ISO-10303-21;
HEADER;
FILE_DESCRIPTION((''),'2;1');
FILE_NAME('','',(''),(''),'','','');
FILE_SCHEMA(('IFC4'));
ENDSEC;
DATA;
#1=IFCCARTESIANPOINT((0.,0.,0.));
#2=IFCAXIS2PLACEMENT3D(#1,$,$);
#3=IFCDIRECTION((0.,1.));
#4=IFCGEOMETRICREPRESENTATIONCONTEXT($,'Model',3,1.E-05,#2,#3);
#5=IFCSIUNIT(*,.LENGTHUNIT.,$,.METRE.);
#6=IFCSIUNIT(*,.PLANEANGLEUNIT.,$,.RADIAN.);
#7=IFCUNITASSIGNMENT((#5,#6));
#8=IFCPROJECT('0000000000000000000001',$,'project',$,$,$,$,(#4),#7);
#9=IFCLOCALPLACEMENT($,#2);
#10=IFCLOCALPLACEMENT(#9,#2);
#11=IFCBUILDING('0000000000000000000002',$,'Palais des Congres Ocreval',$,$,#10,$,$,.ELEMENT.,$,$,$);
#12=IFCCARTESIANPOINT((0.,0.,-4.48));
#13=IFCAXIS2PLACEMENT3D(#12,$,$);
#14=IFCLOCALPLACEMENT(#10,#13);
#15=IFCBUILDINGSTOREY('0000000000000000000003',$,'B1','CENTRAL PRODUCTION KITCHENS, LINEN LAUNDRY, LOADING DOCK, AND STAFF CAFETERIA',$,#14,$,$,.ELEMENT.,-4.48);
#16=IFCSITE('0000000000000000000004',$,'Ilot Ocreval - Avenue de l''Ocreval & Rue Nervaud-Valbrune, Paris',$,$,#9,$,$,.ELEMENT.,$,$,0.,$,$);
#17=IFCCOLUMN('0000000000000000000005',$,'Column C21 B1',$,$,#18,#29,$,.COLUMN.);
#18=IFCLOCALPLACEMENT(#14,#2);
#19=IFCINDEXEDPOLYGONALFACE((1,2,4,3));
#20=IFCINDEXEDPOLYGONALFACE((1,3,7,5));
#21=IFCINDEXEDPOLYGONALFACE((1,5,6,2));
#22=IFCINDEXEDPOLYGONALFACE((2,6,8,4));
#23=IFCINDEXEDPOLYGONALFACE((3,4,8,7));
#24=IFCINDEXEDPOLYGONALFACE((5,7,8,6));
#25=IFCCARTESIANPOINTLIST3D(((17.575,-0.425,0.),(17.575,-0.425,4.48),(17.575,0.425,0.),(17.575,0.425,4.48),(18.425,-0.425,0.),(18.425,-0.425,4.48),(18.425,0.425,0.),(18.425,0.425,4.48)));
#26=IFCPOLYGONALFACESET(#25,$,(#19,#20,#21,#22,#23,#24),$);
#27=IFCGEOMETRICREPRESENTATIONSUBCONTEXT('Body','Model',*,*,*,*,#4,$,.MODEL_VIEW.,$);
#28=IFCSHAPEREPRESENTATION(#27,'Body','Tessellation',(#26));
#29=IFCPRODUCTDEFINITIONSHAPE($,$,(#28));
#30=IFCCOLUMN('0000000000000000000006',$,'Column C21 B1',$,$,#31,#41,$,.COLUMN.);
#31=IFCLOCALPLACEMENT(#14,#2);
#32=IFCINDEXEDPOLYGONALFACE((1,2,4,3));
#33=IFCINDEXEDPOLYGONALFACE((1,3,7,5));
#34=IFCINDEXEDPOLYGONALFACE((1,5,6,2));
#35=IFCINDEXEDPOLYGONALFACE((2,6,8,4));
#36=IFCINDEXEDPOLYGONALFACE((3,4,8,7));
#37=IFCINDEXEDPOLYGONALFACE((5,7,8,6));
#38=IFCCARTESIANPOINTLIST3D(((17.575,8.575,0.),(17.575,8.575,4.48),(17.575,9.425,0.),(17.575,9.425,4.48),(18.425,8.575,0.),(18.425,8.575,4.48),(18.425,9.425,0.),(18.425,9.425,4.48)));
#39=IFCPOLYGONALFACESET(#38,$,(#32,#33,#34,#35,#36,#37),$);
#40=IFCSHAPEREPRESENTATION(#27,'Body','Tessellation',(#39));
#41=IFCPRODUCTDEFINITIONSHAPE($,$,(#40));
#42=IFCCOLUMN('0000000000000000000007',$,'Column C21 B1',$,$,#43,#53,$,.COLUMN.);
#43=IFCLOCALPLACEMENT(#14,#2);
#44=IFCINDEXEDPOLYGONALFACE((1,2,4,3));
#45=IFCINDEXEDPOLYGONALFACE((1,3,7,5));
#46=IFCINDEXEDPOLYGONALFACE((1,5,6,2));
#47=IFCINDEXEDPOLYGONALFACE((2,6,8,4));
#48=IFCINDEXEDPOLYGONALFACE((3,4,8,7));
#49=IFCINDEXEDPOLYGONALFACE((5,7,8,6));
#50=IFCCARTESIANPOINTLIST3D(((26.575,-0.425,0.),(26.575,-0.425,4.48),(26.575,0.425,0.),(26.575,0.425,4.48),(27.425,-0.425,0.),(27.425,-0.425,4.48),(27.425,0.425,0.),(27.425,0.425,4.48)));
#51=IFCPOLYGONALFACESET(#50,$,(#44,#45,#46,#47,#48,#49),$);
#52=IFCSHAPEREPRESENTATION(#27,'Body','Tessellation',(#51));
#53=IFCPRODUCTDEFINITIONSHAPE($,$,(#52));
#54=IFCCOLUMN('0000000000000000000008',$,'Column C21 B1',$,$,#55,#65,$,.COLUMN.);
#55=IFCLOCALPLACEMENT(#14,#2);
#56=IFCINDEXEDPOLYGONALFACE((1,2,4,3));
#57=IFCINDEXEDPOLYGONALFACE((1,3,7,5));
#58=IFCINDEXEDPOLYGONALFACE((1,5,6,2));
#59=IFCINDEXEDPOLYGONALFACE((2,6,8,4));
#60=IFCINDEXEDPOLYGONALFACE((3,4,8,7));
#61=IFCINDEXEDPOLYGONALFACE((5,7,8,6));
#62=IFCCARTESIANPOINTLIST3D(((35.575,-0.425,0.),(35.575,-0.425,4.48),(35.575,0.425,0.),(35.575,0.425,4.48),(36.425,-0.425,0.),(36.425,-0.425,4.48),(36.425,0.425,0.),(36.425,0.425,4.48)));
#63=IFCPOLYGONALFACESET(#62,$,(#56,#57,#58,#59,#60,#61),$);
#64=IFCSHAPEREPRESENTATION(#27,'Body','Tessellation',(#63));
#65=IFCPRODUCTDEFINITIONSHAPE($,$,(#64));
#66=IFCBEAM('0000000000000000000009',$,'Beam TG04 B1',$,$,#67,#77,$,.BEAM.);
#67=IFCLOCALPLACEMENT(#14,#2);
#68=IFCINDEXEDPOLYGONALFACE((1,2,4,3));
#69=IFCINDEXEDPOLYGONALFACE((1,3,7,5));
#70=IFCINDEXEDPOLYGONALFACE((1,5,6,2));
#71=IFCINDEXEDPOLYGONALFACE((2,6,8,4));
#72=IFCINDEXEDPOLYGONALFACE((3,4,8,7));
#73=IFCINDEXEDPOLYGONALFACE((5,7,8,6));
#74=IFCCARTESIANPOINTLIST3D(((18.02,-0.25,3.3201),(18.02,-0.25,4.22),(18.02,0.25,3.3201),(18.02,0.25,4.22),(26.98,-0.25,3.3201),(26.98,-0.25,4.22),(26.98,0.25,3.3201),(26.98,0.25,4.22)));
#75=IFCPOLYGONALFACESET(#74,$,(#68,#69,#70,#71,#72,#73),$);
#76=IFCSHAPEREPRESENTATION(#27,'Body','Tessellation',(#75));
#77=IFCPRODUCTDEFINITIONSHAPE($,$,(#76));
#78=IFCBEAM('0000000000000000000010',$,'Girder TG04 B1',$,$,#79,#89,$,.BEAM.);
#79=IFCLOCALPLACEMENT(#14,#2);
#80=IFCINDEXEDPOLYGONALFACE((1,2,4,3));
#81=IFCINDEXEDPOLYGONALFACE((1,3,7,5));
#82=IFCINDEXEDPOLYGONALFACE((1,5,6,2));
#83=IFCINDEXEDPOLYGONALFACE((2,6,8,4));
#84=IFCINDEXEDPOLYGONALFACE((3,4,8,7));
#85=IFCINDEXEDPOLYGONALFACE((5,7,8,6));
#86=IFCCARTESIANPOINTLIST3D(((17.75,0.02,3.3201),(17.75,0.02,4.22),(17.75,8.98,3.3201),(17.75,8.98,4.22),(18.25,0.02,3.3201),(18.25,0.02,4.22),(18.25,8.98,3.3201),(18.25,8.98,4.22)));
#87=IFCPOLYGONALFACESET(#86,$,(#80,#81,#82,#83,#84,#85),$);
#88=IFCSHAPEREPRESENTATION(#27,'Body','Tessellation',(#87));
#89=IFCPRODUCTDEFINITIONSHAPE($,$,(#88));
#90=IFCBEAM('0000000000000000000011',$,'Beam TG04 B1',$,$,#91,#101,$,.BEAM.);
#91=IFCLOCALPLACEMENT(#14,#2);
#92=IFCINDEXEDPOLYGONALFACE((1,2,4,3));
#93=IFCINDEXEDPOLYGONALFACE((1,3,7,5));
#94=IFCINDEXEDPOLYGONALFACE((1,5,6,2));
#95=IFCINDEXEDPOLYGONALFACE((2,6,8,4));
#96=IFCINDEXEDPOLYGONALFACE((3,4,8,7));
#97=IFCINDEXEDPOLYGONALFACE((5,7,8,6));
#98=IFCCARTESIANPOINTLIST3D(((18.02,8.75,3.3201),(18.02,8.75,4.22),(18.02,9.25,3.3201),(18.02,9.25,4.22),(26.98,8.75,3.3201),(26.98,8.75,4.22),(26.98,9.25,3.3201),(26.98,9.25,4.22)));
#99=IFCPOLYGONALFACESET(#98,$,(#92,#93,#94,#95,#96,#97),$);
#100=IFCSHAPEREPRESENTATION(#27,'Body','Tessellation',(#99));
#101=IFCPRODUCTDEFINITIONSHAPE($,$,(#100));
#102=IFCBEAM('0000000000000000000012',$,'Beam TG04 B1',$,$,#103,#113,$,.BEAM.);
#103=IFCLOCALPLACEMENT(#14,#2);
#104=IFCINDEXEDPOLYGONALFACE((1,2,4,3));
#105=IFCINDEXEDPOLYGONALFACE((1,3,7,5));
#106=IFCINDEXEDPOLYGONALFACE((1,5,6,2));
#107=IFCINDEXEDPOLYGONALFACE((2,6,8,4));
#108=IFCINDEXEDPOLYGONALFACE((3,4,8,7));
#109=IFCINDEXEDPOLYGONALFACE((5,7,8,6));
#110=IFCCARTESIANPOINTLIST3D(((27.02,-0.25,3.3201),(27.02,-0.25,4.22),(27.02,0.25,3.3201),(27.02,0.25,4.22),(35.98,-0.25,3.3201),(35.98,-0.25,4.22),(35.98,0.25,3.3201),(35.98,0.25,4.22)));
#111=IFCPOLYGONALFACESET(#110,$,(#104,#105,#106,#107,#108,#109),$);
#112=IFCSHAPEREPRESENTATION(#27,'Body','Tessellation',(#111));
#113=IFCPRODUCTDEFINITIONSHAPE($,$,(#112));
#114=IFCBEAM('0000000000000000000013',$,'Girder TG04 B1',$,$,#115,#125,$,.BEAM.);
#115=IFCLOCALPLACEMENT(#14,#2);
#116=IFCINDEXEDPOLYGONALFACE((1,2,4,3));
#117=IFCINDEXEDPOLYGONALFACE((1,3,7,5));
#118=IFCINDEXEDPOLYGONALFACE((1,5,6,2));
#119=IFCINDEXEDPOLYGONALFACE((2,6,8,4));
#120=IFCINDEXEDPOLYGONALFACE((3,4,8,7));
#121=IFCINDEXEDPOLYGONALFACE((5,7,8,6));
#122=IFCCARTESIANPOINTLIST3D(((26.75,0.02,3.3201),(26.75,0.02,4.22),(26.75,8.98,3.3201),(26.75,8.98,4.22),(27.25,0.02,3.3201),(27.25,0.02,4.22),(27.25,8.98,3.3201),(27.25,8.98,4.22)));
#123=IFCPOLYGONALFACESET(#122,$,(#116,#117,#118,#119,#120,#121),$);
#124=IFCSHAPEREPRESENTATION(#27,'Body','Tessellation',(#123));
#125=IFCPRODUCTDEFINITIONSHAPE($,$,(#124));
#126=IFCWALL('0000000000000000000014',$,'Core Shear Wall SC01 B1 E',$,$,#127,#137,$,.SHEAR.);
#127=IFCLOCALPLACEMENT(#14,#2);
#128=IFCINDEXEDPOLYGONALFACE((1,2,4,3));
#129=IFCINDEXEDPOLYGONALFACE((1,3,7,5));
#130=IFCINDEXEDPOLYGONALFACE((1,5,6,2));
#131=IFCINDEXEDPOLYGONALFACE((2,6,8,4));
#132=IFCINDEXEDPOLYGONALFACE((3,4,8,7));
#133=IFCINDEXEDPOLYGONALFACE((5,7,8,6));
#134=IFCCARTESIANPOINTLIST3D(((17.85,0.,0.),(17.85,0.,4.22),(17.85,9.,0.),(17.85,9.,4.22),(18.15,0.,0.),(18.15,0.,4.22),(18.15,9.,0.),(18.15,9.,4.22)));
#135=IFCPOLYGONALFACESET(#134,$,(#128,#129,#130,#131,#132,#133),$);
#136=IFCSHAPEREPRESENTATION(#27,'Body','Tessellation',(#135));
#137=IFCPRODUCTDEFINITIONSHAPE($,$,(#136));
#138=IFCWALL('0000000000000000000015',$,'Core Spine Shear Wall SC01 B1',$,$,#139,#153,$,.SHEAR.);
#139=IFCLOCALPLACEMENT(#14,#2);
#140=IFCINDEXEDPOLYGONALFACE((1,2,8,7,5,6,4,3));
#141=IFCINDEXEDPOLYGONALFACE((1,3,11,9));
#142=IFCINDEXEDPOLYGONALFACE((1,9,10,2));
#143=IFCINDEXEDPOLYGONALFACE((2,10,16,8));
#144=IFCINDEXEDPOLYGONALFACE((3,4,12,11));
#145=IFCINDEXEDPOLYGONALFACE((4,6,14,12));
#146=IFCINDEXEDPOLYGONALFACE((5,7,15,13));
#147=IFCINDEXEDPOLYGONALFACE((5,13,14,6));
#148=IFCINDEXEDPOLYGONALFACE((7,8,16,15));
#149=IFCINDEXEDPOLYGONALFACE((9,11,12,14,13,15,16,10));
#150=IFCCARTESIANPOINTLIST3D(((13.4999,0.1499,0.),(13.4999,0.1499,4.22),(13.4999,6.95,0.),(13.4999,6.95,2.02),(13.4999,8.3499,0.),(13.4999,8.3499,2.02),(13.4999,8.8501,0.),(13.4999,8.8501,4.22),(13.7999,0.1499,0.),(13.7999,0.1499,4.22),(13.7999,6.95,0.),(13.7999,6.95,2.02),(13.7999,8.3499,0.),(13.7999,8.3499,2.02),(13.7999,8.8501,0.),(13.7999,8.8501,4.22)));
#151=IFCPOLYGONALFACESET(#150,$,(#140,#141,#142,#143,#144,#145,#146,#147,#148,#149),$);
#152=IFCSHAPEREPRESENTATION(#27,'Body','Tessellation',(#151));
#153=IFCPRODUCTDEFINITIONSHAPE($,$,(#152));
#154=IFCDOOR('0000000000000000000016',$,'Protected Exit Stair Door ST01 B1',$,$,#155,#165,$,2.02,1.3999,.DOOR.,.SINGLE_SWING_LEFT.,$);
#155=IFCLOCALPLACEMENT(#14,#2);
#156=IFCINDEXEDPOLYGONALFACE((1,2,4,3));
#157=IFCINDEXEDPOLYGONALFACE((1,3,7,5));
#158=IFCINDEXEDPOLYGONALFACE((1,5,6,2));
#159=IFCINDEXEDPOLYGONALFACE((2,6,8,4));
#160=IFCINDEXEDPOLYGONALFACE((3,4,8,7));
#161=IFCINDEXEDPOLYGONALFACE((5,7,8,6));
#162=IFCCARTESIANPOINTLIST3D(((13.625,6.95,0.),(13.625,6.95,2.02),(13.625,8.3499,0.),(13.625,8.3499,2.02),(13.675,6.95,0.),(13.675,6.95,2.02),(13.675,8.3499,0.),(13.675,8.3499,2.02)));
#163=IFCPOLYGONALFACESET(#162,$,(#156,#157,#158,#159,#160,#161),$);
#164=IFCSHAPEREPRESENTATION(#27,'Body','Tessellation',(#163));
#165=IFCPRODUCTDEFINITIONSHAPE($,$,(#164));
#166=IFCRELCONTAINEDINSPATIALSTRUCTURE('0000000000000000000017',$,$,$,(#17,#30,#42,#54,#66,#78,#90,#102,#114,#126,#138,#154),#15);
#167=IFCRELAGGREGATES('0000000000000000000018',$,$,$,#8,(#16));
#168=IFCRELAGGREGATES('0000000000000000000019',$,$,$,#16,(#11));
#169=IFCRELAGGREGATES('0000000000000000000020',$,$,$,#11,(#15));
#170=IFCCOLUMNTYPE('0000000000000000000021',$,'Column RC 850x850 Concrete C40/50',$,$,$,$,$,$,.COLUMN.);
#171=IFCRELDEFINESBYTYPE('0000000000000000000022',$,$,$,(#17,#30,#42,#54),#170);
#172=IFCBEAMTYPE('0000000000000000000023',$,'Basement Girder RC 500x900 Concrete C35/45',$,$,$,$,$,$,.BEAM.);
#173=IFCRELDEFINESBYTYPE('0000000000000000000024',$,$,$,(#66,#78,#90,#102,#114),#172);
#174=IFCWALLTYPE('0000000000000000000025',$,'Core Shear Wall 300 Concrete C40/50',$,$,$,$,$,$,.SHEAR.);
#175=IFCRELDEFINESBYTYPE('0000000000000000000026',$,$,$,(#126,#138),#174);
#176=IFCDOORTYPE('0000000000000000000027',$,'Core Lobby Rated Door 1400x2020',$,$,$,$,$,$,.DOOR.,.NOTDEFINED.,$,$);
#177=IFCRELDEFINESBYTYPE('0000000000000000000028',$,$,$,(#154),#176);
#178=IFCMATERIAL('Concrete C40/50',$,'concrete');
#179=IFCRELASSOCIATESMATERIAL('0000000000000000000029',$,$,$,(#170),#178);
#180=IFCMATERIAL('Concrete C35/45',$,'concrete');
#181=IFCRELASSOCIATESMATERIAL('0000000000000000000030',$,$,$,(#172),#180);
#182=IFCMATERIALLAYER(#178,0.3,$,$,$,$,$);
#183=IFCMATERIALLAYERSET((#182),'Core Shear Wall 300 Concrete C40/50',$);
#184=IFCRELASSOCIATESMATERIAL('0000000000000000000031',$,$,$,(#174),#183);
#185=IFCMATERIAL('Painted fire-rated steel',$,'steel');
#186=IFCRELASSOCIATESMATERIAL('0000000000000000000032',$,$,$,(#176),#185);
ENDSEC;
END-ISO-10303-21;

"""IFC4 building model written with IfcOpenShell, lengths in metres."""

from ifc_helpers import new_model, si_unit, direction, frame, frame_2d, origin, origin_2d, place, context, subcontext, project, spatial, rectangle, extrude, material, layer, layer_set, material_profile, profile_set, type_object, element, fill, save


model = new_model("IFC4")

# Units and contexts
model_context = context("Model", 3, precision=1e-05, world=origin(), true_north=direction((0.0, 1.0)))
body_context = subcontext(model_context, "Body", "Model", "MODEL_VIEW")
ifc_project = project(units=[si_unit("LENGTHUNIT", "METRE"), si_unit("PLANEANGLEUNIT", "RADIAN")], contexts=[model_context])

# Site, building, storey
site_placement = place(None, origin())
site = spatial("IfcSite", under=ifc_project, at=site_placement, Name="Ilot Ocreval - Avenue de l'Ocreval & Rue Nervaud-Valbrune, Paris", CompositionType="ELEMENT", RefElevation=0.0)
building_placement = place(site_placement, origin())
building = spatial("IfcBuilding", under=site, at=building_placement, Name="Palais des Congres Ocreval", CompositionType="ELEMENT")
storey_placement = place(building_placement, frame((0.0, 0.0, -4.48)))
storey = spatial("IfcBuildingStorey", under=building, at=storey_placement, Name="B1", Description="CENTRAL PRODUCTION KITCHENS, LINEN LAUNDRY, LOADING DOCK, AND STAFF CAFETERIA", CompositionType="ELEMENT", Elevation=-4.48)

# Columns
ifc_material_1 = material(Name="Concrete C40/50", Category="concrete")
ifc_material_profile_1 = material_profile(ifc_material_1, rectangle(XDim=0.8501, YDim=0.8501, at=origin_2d()), Name="RC 850x850")
ifc_profile_set_1 = profile_set([ifc_material_profile_1], Name="Concrete C40/50")
column_type = type_object("IfcColumnType", Name="Column RC 850x850 Concrete C40/50", PredefinedType="COLUMN", material=ifc_profile_set_1)
for number, where, z_axis, x_axis, name in (
    (1, (18.0, 0.0, 0.0), (0.0, 0.0, 1.0), (1.0, 0.0, 0.0), "Column C21 B1"),
    (2, (18.0, 9.0, 0.0), (0.0, 0.0, 1.0), (1.0, 0.0, 0.0), "Column C21 B1"),
    (3, (27.0, 0.0, 0.0), (0.0, 0.0, 1.0), (1.0, 0.0, 0.0), "Column C21 B1"),
    (4, (36.0, 0.0, 0.0), (0.0, 0.0, 1.0), (1.0, 0.0, 0.0), "Column C21 B1"),
):
    element("IfcColumn", number, at=place(storey_placement, frame(where, z_axis=z_axis, x_axis=x_axis)), inside=storey, type_object=column_type, Name=name, PredefinedType="COLUMN", context=body_context, shape_type="SweptSolid", body=[
        extrude(rectangle(XDim=0.8501, YDim=0.8501, at=origin_2d()), origin(), (0.0, 0.0, 1.0), 4.48),
    ])

# Beams
ifc_material_2 = material(Name="Concrete C35/45", Category="concrete")
ifc_material_profile_2 = material_profile(ifc_material_2, rectangle(XDim=0.5, YDim=0.8999, at=origin_2d()), Name="RC 500x900")
ifc_profile_set_2 = profile_set([ifc_material_profile_2], Name="Concrete C35/45")
beam_type = type_object("IfcBeamType", Name="Basement Girder RC 500x900 Concrete C35/45", PredefinedType="BEAM", material=ifc_profile_set_2)
for number, where, z_axis, x_axis, name in (
    (5, (18.02, 0.0, 3.77), (1.0, 0.0, 0.0), (0.0, 1.0, 0.0), "Beam TG04 B1"),
    (6, (18.0, 0.02, 3.77), (0.0, 1.0, 0.0), (-1.0, 0.0, 0.0), "Girder TG04 B1"),
    (7, (18.02, 9.0, 3.77), (1.0, 0.0, 0.0), (0.0, 1.0, 0.0), "Beam TG04 B1"),
    (8, (27.02, 0.0, 3.77), (1.0, 0.0, 0.0), (0.0, 1.0, 0.0), "Beam TG04 B1"),
    (9, (27.0, 0.02, 3.77), (0.0, 1.0, 0.0), (-1.0, 0.0, 0.0), "Girder TG04 B1"),
):
    element("IfcBeam", number, at=place(storey_placement, frame(where, z_axis=z_axis, x_axis=x_axis)), inside=storey, type_object=beam_type, Name=name, PredefinedType="BEAM", context=body_context, shape_type="SweptSolid", body=[
        extrude(rectangle(XDim=0.5, YDim=0.8999, at=origin_2d()), origin(), (0.0, 0.0, 1.0), 8.96),
    ])

# Wall
ifc_layer_1 = layer(ifc_material_1, 0.3)
ifc_layer_set_1 = layer_set([ifc_layer_1], Name="Core Shear Wall 300 Concrete C40/50")
wall_type_1 = type_object("IfcWallType", Name="Core Shear Wall 300 Concrete C40/50", PredefinedType="SHEAR", material=ifc_layer_set_1)
wall_1_placement = place(storey_placement, frame((18.0, 0.0, 0.0), z_axis=(0.0, 0.0, 1.0), x_axis=(0.0, 1.0, 0.0)))
element("IfcWall", 10, at=wall_1_placement, inside=storey, type_object=wall_type_1, Name="Core Shear Wall SC01 B1 E", PredefinedType="SHEAR", context=body_context, shape_type="SweptSolid", body=[
    extrude(rectangle(XDim=9.0, YDim=0.3, at=frame_2d((4.5, 0.0))), origin(), (0.0, 0.0, 1.0), 4.22),
])

# Wall, opening, door
wall_2_placement = place(storey_placement, frame((13.6499, 0.1499, 0.0), z_axis=(0.0, 0.0, 1.0), x_axis=(0.0, 1.0, 0.0)))
wall_2 = element("IfcWall", 11, at=wall_2_placement, inside=storey, type_object=wall_type_1, Name="Core Spine Shear Wall SC01 B1", PredefinedType="SHEAR", context=body_context, shape_type="SweptSolid", body=[
    extrude(rectangle(XDim=8.7002, YDim=0.3, at=frame_2d((4.3501, 0.0))), origin(), (0.0, 0.0, 1.0), 4.22),
])
opening_1_placement = place(wall_2_placement, frame((6.8, 0.0, 0.0)))
opening_1 = element("IfcOpeningElement", 12, at=opening_1_placement, cuts=wall_2, PredefinedType="OPENING", context=body_context, shape_type="SweptSolid", body=[
    extrude(rectangle(XDim=1.3999, YDim=2.02, at=frame_2d((0.7, 1.01))), frame((0.0, 0.1599, 0.0), z_axis=(0.0, -1.0, 0.0), x_axis=(1.0, 0.0, 0.0)), (0.0, 0.0, 1.0), 0.3201),
])
ifc_material_3 = material(Name="Painted fire-rated steel", Category="steel")
door_type_1 = type_object("IfcDoorType", Name="Core Lobby Rated Door 1400x2020", OperationType="NOTDEFINED", PredefinedType="DOOR", material=ifc_material_3)
door_1_placement = place(opening_1_placement, origin())
door_1 = element("IfcDoor", 13, at=door_1_placement, inside=storey, type_object=door_type_1, Name="Protected Exit Stair Door ST01 B1", OperationType="SINGLE_SWING_LEFT", OverallHeight=2.02, OverallWidth=1.3999, PredefinedType="DOOR", context=body_context, shape_type="SweptSolid", body=[
    extrude(rectangle(XDim=1.3999, YDim=2.02, at=frame_2d((0.7, 1.01))), frame((0.0, 0.0249, 0.0), z_axis=(0.0, -1.0, 0.0), x_axis=(1.0, 0.0, 0.0)), (0.0, 0.0, 1.0), 0.05),
])
fill(opening_1, door_1)

save(model, "model.ifc")
